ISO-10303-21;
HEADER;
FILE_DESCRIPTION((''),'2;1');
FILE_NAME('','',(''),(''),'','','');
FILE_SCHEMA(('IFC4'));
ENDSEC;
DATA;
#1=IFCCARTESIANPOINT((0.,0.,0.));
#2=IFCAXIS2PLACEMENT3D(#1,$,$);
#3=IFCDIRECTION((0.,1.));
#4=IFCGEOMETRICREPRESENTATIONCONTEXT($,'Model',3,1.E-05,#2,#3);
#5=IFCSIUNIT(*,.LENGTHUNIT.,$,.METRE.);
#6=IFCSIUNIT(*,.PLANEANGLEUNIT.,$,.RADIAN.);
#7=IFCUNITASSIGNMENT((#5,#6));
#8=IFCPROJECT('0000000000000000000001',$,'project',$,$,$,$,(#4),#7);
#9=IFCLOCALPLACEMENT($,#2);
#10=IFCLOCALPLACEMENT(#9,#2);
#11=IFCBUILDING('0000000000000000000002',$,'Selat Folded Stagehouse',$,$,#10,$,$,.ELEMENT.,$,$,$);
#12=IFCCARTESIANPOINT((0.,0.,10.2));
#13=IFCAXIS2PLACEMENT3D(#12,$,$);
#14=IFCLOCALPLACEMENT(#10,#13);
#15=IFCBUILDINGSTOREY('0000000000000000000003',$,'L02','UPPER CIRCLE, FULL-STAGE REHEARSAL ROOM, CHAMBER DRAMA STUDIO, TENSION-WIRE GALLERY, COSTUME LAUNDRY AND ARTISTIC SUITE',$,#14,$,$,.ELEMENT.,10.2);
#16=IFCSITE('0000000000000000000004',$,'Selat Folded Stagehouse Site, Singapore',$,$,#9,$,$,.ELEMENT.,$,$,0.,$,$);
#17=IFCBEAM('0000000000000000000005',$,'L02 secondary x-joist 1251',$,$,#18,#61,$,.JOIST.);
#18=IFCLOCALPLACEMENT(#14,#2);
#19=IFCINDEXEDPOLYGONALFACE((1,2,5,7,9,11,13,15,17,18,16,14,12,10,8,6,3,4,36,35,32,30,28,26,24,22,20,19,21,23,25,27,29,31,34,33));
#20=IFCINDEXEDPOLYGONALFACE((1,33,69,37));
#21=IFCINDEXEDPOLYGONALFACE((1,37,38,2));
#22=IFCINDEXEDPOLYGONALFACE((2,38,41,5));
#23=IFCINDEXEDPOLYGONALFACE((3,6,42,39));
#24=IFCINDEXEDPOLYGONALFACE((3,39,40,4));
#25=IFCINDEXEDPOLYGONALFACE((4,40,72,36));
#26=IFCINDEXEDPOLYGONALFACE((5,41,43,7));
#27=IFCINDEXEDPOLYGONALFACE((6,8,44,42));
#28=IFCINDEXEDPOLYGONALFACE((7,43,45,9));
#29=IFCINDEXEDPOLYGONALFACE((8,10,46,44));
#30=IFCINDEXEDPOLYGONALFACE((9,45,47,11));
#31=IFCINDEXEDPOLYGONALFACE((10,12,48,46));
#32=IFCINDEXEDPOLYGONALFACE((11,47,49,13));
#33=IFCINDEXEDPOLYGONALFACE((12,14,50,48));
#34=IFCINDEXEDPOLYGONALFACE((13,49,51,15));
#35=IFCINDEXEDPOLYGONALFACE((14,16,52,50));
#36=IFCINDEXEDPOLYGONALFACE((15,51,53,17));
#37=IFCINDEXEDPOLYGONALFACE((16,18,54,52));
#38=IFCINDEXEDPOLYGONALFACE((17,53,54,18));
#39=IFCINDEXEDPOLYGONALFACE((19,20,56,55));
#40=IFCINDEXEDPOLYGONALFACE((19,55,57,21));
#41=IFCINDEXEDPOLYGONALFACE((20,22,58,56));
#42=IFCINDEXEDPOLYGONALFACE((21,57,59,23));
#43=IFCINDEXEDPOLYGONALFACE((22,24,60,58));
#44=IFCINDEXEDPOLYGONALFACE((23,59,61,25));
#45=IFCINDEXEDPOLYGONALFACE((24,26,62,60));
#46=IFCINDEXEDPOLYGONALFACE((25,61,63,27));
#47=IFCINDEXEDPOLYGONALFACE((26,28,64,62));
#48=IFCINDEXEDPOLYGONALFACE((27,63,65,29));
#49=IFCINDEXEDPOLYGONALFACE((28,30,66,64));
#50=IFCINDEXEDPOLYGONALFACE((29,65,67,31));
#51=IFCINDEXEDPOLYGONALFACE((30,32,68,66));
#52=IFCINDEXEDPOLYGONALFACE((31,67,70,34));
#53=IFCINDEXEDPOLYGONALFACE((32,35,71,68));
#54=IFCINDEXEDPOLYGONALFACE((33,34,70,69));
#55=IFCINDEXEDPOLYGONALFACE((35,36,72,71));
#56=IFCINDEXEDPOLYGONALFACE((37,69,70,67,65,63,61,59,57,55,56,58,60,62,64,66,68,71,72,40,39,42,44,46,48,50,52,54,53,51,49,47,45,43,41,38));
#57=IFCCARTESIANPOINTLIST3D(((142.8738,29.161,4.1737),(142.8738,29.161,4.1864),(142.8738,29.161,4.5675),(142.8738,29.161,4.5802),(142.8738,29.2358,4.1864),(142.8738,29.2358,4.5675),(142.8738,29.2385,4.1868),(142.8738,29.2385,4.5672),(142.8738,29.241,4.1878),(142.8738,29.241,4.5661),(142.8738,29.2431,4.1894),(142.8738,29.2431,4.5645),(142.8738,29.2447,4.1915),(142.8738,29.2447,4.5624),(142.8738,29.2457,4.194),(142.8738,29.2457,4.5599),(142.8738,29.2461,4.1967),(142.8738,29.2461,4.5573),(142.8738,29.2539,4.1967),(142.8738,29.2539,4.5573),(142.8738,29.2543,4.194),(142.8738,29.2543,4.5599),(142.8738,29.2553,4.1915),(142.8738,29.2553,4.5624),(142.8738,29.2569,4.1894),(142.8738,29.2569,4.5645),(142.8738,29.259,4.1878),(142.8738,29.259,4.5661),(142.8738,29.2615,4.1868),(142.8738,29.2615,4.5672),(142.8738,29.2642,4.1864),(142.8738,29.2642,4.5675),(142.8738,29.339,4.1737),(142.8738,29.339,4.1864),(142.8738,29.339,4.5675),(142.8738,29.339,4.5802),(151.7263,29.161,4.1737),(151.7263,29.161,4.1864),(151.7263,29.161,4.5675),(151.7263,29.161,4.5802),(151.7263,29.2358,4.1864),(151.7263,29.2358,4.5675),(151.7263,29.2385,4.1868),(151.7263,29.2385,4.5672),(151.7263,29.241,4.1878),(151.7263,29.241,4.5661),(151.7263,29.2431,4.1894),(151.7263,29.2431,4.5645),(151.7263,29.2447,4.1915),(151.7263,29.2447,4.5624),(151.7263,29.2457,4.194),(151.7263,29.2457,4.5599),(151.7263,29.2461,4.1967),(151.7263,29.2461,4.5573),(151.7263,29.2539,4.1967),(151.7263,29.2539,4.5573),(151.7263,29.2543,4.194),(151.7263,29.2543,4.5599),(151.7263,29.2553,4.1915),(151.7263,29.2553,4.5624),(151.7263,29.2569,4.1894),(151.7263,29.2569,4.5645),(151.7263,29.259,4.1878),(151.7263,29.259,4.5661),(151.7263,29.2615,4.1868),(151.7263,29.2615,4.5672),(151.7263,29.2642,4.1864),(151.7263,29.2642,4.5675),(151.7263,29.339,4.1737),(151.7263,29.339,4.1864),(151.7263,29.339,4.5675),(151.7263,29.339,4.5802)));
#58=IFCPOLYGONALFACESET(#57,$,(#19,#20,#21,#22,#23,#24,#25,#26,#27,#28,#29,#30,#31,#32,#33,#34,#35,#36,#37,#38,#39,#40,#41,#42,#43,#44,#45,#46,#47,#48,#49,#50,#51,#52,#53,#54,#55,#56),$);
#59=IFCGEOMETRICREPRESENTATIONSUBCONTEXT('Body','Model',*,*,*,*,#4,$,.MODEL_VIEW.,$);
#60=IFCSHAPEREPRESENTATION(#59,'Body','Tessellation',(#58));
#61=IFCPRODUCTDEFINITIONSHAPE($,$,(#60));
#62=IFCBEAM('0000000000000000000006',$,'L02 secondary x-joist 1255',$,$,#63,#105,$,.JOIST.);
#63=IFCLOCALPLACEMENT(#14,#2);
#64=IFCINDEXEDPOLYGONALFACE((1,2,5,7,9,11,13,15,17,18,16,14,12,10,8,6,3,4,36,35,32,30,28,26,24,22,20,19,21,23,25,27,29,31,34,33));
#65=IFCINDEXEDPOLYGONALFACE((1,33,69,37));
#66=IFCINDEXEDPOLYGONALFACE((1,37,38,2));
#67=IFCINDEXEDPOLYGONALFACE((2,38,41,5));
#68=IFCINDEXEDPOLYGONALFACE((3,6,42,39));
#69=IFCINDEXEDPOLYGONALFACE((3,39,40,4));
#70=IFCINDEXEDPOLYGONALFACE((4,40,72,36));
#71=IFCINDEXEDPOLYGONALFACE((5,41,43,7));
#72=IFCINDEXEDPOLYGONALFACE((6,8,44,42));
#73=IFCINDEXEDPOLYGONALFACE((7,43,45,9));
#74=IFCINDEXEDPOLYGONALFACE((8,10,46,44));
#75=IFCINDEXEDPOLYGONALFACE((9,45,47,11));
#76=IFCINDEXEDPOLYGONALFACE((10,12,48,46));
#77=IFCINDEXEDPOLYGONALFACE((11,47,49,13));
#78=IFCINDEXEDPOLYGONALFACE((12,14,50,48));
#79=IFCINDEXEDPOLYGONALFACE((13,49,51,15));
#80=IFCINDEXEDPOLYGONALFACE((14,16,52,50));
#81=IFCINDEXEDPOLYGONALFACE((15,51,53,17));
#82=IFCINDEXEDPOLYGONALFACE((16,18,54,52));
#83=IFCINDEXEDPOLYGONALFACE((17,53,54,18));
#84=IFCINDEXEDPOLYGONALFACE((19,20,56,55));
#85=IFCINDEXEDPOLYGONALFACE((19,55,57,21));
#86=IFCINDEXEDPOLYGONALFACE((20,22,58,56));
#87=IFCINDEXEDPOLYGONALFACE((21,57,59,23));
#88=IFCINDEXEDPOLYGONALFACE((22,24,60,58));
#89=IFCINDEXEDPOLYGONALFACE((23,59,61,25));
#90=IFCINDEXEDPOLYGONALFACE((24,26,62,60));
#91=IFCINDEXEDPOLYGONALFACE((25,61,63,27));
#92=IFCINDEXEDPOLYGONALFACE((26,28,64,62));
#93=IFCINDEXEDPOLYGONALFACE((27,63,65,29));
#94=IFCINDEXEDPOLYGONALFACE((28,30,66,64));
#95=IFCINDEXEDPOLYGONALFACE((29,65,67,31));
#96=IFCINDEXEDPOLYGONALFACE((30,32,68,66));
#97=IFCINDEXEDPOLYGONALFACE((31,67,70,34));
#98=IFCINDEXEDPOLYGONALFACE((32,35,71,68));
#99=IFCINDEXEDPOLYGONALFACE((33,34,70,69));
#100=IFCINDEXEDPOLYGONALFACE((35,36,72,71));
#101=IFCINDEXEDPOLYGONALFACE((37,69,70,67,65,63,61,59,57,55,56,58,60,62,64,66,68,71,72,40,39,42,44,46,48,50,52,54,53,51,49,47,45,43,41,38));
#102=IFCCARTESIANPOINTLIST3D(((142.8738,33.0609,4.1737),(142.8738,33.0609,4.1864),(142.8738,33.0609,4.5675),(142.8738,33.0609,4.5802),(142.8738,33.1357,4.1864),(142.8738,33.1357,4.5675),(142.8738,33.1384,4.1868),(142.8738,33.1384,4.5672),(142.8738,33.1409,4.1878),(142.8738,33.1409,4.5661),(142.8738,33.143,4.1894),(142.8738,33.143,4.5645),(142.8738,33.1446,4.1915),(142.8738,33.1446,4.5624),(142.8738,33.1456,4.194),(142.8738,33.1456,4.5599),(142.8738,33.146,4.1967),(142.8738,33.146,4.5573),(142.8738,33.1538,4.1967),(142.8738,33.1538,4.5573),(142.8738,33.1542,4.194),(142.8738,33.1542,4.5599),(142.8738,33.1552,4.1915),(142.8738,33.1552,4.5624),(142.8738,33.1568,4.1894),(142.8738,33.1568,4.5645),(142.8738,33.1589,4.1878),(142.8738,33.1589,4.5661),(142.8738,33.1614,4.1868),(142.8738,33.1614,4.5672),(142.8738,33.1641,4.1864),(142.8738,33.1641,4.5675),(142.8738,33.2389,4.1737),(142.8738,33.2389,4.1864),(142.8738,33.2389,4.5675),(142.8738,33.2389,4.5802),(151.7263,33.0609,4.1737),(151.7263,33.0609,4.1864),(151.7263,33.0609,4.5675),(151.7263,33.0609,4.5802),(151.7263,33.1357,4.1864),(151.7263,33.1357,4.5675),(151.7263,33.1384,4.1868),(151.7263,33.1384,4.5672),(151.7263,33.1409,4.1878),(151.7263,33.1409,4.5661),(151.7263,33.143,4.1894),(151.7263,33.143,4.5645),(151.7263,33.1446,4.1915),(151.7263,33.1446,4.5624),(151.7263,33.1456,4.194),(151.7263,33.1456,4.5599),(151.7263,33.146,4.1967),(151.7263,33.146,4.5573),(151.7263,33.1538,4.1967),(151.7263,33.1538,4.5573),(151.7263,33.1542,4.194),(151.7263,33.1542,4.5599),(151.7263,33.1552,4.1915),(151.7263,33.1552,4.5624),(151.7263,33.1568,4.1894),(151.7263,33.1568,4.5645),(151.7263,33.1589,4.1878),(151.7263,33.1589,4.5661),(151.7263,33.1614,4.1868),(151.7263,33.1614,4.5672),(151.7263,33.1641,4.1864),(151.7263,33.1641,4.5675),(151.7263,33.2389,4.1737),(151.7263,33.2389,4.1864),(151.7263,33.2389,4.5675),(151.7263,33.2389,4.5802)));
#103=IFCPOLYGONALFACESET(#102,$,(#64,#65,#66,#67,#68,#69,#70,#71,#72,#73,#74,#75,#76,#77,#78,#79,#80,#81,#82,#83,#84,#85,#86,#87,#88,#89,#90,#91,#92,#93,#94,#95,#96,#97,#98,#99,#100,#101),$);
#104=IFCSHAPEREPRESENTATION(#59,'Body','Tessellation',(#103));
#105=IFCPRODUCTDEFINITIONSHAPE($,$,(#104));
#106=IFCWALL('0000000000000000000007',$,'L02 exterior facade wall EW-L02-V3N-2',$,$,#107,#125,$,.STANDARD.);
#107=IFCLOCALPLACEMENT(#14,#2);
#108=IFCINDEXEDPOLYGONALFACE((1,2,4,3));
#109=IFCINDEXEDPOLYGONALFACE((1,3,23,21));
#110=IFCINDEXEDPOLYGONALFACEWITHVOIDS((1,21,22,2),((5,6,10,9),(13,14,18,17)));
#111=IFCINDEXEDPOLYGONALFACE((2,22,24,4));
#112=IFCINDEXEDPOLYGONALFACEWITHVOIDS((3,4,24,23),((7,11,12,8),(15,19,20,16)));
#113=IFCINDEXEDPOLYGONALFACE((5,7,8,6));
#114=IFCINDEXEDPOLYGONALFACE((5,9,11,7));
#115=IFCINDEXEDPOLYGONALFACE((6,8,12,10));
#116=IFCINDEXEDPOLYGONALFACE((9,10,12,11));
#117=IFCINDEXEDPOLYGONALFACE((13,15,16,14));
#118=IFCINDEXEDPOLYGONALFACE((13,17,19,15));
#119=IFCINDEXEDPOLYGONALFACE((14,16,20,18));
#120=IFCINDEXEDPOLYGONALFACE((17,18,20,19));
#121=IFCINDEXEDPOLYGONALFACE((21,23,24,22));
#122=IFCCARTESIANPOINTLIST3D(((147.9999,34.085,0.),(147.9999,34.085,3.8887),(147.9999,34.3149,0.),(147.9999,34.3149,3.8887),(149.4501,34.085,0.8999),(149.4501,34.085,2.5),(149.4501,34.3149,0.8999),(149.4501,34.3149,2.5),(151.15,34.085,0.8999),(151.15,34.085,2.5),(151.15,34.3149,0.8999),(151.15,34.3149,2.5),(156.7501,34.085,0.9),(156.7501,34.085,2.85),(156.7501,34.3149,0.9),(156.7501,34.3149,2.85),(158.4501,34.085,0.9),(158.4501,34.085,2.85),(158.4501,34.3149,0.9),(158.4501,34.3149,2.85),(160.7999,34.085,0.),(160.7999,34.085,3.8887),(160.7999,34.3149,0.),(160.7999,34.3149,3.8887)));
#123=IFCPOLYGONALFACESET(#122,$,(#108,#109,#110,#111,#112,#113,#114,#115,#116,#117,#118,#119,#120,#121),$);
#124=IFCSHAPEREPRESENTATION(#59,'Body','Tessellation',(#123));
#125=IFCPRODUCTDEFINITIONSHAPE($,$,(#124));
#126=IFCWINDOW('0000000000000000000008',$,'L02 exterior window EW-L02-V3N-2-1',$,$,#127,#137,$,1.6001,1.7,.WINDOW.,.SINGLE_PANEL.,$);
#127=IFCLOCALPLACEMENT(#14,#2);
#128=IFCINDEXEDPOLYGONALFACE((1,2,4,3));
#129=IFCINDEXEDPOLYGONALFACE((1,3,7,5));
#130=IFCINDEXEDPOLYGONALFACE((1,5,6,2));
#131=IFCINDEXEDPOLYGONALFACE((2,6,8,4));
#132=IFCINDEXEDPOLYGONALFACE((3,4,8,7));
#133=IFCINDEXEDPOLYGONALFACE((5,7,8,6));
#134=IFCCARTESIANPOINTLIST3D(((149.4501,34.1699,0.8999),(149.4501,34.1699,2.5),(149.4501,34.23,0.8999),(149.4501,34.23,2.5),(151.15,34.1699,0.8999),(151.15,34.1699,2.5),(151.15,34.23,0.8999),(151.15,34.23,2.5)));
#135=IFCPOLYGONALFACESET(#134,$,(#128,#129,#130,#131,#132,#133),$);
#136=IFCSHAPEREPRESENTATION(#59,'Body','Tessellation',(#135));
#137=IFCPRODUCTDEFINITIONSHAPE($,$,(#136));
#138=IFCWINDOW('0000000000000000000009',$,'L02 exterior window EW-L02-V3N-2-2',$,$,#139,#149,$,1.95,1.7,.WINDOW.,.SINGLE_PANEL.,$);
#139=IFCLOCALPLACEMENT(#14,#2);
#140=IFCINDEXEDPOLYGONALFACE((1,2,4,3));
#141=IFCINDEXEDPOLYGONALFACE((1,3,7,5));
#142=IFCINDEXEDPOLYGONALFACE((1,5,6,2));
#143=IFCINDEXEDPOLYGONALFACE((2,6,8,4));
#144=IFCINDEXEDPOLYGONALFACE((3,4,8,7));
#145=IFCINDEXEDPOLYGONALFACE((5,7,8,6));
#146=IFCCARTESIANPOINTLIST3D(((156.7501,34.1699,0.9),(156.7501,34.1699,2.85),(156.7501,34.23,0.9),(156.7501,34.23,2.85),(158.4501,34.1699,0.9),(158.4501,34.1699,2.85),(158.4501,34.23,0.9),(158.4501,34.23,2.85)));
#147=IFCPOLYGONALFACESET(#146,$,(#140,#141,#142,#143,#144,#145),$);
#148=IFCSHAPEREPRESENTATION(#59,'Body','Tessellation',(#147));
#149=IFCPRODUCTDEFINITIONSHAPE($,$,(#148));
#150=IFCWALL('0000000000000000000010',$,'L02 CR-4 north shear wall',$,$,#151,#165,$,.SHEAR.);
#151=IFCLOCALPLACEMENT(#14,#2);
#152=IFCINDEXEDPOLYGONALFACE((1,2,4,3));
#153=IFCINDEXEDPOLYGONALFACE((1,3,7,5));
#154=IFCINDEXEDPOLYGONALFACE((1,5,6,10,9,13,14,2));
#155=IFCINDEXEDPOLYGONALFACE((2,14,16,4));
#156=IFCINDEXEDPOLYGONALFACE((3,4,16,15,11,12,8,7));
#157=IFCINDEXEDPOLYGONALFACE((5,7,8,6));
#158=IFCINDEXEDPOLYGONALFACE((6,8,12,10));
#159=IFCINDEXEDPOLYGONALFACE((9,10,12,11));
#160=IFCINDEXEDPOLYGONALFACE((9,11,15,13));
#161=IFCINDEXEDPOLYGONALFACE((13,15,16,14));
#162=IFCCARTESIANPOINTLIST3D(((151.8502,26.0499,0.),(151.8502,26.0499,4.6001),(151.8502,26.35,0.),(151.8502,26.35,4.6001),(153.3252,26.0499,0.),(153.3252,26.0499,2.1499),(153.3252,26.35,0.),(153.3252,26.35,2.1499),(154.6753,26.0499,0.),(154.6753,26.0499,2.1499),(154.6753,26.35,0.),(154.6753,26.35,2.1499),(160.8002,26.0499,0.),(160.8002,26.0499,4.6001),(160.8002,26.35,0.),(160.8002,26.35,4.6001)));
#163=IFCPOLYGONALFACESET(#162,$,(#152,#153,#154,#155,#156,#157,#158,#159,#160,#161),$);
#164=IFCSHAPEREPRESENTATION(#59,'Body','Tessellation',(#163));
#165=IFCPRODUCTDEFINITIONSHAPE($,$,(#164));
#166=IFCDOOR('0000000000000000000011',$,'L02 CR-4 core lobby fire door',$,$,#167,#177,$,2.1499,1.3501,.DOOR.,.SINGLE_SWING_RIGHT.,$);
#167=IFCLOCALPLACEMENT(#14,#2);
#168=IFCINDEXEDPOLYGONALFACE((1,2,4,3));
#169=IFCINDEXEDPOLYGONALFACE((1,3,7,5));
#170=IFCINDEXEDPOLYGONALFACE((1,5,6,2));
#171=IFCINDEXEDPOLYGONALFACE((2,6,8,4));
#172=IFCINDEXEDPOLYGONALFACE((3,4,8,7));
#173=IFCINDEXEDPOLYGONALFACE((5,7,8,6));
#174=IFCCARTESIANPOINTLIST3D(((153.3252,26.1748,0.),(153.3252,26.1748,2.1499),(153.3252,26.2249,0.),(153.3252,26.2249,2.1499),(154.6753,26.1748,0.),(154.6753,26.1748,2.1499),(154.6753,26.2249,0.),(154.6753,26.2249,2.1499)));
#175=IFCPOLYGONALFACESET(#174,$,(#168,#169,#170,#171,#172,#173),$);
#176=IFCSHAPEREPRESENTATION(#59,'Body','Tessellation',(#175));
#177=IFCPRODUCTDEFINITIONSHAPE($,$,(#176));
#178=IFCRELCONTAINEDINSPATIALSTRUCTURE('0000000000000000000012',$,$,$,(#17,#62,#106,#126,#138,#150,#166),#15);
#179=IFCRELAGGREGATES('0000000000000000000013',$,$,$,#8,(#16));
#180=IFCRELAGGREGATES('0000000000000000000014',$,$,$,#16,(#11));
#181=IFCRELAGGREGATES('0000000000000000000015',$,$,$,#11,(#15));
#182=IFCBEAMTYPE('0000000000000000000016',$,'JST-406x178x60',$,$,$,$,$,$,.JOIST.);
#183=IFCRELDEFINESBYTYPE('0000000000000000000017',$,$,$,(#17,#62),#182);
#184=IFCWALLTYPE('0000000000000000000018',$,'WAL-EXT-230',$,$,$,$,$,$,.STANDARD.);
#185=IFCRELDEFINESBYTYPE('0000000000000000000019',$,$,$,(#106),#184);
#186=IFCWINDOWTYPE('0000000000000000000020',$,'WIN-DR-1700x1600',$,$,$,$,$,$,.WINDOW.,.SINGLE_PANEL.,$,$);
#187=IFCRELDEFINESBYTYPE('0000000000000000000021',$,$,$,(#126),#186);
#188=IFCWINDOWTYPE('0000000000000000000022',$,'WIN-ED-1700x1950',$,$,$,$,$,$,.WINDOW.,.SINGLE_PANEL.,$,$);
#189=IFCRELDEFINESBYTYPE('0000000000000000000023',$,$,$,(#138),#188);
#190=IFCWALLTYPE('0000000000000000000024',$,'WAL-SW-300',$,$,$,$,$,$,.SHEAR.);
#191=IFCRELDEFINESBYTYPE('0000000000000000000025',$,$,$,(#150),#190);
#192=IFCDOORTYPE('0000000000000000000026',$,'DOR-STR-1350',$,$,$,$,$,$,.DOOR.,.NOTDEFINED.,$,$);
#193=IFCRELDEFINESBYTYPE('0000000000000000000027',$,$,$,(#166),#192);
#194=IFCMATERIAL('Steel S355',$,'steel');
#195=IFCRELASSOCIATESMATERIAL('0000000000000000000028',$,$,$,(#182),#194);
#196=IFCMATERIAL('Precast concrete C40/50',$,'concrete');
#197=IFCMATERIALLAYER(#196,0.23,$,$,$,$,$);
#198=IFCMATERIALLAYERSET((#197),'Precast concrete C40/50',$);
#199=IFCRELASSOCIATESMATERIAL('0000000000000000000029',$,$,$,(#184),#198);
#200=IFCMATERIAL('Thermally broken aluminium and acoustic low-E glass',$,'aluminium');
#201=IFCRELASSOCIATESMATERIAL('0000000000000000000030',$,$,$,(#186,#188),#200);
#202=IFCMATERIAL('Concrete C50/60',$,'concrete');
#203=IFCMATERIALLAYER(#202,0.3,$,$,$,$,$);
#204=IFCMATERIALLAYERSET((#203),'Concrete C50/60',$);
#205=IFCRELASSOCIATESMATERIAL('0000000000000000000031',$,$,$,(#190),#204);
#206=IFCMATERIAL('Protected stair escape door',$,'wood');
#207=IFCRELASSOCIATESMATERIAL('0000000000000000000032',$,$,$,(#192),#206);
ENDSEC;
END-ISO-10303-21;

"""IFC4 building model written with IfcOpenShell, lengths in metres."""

from ifc_helpers import new_model, si_unit, direction, frame, frame_2d, origin, origin_2d, place, context, subcontext, project, spatial, rectangle, i_section, extrude, material, layer, layer_set, material_profile, profile_set, type_object, element, fill, save


model = new_model("IFC4")

# Units and contexts
model_context = context("Model", 3, precision=1e-05, world=origin(), true_north=direction((0.0, 1.0)))
body_context = subcontext(model_context, "Body", "Model", "MODEL_VIEW")
ifc_project = project(units=[si_unit("LENGTHUNIT", "METRE"), si_unit("PLANEANGLEUNIT", "RADIAN")], contexts=[model_context])

# Site, building, storey
site_placement = place(None, origin())
site = spatial("IfcSite", under=ifc_project, at=site_placement, Name="Selat Folded Stagehouse Site, Singapore", CompositionType="ELEMENT", RefElevation=0.0)
building_placement = place(site_placement, origin())
building = spatial("IfcBuilding", under=site, at=building_placement, Name="Selat Folded Stagehouse", CompositionType="ELEMENT")
storey_placement = place(building_placement, frame((0.0, 0.0, 10.2)))
storey = spatial("IfcBuildingStorey", under=building, at=storey_placement, Name="L02", Description="UPPER CIRCLE, FULL-STAGE REHEARSAL ROOM, CHAMBER DRAMA STUDIO, TENSION-WIRE GALLERY, COSTUME LAUNDRY AND ARTISTIC SUITE", CompositionType="ELEMENT", Elevation=10.2)

# Shared definitions
ifc_material_1 = material(Name="Steel S355", Category="steel")

# Beams
ifc_material_profile_1 = material_profile(ifc_material_1, i_section(OverallWidth=0.178, OverallDepth=0.4065, WebThickness=0.0078, FlangeThickness=0.0127, FilletRadius=0.0103, at=origin_2d()), Name="UKB 406x178x60")
ifc_profile_set_1 = profile_set([ifc_material_profile_1], Name="Steel S355")
beam_type_1 = type_object("IfcBeamType", Name="JST-406x178x60", PredefinedType="JOIST", material=ifc_profile_set_1)
for number, where, z_axis, x_axis, name in (
    (1, (142.8738, 29.25, 4.377), (1.0, 0.0, 0.0), (0.0, 1.0, 0.0), "L02 secondary x-joist 1251"),
    (2, (142.8738, 33.1499, 4.377), (1.0, 0.0, 0.0), (0.0, 1.0, 0.0), "L02 secondary x-joist 1255"),
):
    element("IfcBeam", number, at=place(storey_placement, frame(where, z_axis=z_axis, x_axis=x_axis)), inside=storey, type_object=beam_type_1, Name=name, PredefinedType="JOIST", context=body_context, shape_type="SweptSolid", body=[
        extrude(i_section(OverallWidth=0.178, OverallDepth=0.4065, WebThickness=0.0078, FlangeThickness=0.0127, FilletRadius=0.0103, at=origin_2d()), origin(), (0.0, 0.0, 1.0), 8.8525),
    ])

# Wall, openings, windows
ifc_material_2 = material(Name="Precast concrete C40/50", Category="concrete")
ifc_layer_1 = layer(ifc_material_2, 0.23)
ifc_layer_set_1 = layer_set([ifc_layer_1], Name="Precast concrete C40/50")
wall_type_1 = type_object("IfcWallType", Name="WAL-EXT-230", PredefinedType="STANDARD", material=ifc_layer_set_1)
wall_1_placement = place(storey_placement, frame((148.0, 34.2, 0.0), z_axis=(0.0, 0.0, 1.0), x_axis=(1.0, 0.0, 0.0)))
wall_1 = element("IfcWall", 3, at=wall_1_placement, inside=storey, type_object=wall_type_1, Name="L02 exterior facade wall EW-L02-V3N-2", PredefinedType="STANDARD", context=body_context, shape_type="SweptSolid", body=[
    extrude(rectangle(XDim=12.8, YDim=0.23, at=frame_2d((6.3999, 0.0))), origin(), (0.0, 0.0, 1.0), 3.8887),
])
opening_1_placement = place(wall_1_placement, frame((1.45, 0.0, 0.8999)))
opening_1 = element("IfcOpeningElement", 4, at=opening_1_placement, cuts=wall_1, PredefinedType="OPENING", context=body_context, shape_type="SweptSolid", body=[
    extrude(rectangle(XDim=1.7, YDim=1.6001, at=frame_2d((0.8501, 0.8))), frame((0.0, 0.125, 0.0), z_axis=(0.0, -1.0, 0.0), x_axis=(1.0, 0.0, 0.0)), (0.0, 0.0, 1.0), 0.25),
])
opening_2_placement = place(wall_1_placement, frame((8.75, 0.0, 0.8999)))
opening_2 = element("IfcOpeningElement", 5, at=opening_2_placement, cuts=wall_1, PredefinedType="OPENING", context=body_context, shape_type="SweptSolid", body=[
    extrude(rectangle(XDim=1.7, YDim=1.95, at=frame_2d((0.8501, 0.9751))), frame((0.0, 0.125, 0.0), z_axis=(0.0, -1.0, 0.0), x_axis=(1.0, 0.0, 0.0)), (0.0, 0.0, 1.0), 0.25),
])
ifc_material_3 = material(Name="Thermally broken aluminium and acoustic low-E glass", Category="aluminium")
window_type_1 = type_object("IfcWindowType", Name="WIN-DR-1700x1600", PartitioningType="SINGLE_PANEL", PredefinedType="WINDOW", material=ifc_material_3)
window_1_placement = place(opening_1_placement, origin())
window_1 = element("IfcWindow", 6, at=window_1_placement, inside=storey, type_object=window_type_1, Name="L02 exterior window EW-L02-V3N-2-1", OverallHeight=1.6001, OverallWidth=1.7, PartitioningType="SINGLE_PANEL", PredefinedType="WINDOW", context=body_context, shape_type="SweptSolid", body=[
    extrude(rectangle(XDim=1.7, YDim=1.6001, at=frame_2d((0.8501, 0.8))), frame((0.0, 0.03, 0.0), z_axis=(0.0, -1.0, 0.0), x_axis=(1.0, 0.0, 0.0)), (0.0, 0.0, 1.0), 0.0601),
])
fill(opening_1, window_1)
window_type_2 = type_object("IfcWindowType", Name="WIN-ED-1700x1950", PartitioningType="SINGLE_PANEL", PredefinedType="WINDOW", material=ifc_material_3)
window_2_placement = place(opening_2_placement, origin())
window_2 = element("IfcWindow", 7, at=window_2_placement, inside=storey, type_object=window_type_2, Name="L02 exterior window EW-L02-V3N-2-2", OverallHeight=1.95, OverallWidth=1.7, PartitioningType="SINGLE_PANEL", PredefinedType="WINDOW", context=body_context, shape_type="SweptSolid", body=[
    extrude(rectangle(XDim=1.7, YDim=1.95, at=frame_2d((0.8501, 0.9751))), frame((0.0, 0.03, 0.0), z_axis=(0.0, -1.0, 0.0), x_axis=(1.0, 0.0, 0.0)), (0.0, 0.0, 1.0), 0.0601),
])
fill(opening_2, window_2)

# Wall, opening, door
ifc_material_4 = material(Name="Concrete C50/60", Category="concrete")
ifc_layer_2 = layer(ifc_material_4, 0.3)
ifc_layer_set_2 = layer_set([ifc_layer_2], Name="Concrete C50/60")
wall_type_2 = type_object("IfcWallType", Name="WAL-SW-300", PredefinedType="SHEAR", material=ifc_layer_set_2)
wall_2_placement = place(storey_placement, frame((151.8501, 26.2, 0.0), z_axis=(0.0, 0.0, 1.0), x_axis=(1.0, 0.0, 0.0)))
wall_2 = element("IfcWall", 8, at=wall_2_placement, inside=storey, type_object=wall_type_2, Name="L02 CR-4 north shear wall", PredefinedType="SHEAR", context=body_context, shape_type="SweptSolid", body=[
    extrude(rectangle(XDim=8.95, YDim=0.3, at=frame_2d((4.4751, 0.0))), origin(), (0.0, 0.0, 1.0), 4.6001),
])
opening_3_placement = place(wall_2_placement, frame((1.4751, 0.0, 0.0)))
opening_3 = element("IfcOpeningElement", 9, at=opening_3_placement, cuts=wall_2, PredefinedType="OPENING", context=body_context, shape_type="SweptSolid", body=[
    extrude(rectangle(XDim=1.3501, YDim=2.1499, at=frame_2d((0.675, 1.075))), frame((0.0, 0.1599, 0.0), z_axis=(0.0, -1.0, 0.0), x_axis=(1.0, 0.0, 0.0)), (0.0, 0.0, 1.0), 0.3201),
])
ifc_material_5 = material(Name="Protected stair escape door", Category="wood")
door_type = type_object("IfcDoorType", Name="DOR-STR-1350", OperationType="NOTDEFINED", PredefinedType="DOOR", material=ifc_material_5)
door_placement = place(opening_3_placement, origin())
door = element("IfcDoor", 10, at=door_placement, inside=storey, type_object=door_type, Name="L02 CR-4 core lobby fire door", OperationType="SINGLE_SWING_RIGHT", OverallHeight=2.1499, OverallWidth=1.3501, PredefinedType="DOOR", context=body_context, shape_type="SweptSolid", body=[
    extrude(rectangle(XDim=1.3501, YDim=2.1499, at=frame_2d((0.675, 1.075))), frame((0.0, 0.0249, 0.0), z_axis=(0.0, -1.0, 0.0), x_axis=(1.0, 0.0, 0.0)), (0.0, 0.0, 1.0), 0.05),
])
fill(opening_3, door)

save(model, "model.ifc")
